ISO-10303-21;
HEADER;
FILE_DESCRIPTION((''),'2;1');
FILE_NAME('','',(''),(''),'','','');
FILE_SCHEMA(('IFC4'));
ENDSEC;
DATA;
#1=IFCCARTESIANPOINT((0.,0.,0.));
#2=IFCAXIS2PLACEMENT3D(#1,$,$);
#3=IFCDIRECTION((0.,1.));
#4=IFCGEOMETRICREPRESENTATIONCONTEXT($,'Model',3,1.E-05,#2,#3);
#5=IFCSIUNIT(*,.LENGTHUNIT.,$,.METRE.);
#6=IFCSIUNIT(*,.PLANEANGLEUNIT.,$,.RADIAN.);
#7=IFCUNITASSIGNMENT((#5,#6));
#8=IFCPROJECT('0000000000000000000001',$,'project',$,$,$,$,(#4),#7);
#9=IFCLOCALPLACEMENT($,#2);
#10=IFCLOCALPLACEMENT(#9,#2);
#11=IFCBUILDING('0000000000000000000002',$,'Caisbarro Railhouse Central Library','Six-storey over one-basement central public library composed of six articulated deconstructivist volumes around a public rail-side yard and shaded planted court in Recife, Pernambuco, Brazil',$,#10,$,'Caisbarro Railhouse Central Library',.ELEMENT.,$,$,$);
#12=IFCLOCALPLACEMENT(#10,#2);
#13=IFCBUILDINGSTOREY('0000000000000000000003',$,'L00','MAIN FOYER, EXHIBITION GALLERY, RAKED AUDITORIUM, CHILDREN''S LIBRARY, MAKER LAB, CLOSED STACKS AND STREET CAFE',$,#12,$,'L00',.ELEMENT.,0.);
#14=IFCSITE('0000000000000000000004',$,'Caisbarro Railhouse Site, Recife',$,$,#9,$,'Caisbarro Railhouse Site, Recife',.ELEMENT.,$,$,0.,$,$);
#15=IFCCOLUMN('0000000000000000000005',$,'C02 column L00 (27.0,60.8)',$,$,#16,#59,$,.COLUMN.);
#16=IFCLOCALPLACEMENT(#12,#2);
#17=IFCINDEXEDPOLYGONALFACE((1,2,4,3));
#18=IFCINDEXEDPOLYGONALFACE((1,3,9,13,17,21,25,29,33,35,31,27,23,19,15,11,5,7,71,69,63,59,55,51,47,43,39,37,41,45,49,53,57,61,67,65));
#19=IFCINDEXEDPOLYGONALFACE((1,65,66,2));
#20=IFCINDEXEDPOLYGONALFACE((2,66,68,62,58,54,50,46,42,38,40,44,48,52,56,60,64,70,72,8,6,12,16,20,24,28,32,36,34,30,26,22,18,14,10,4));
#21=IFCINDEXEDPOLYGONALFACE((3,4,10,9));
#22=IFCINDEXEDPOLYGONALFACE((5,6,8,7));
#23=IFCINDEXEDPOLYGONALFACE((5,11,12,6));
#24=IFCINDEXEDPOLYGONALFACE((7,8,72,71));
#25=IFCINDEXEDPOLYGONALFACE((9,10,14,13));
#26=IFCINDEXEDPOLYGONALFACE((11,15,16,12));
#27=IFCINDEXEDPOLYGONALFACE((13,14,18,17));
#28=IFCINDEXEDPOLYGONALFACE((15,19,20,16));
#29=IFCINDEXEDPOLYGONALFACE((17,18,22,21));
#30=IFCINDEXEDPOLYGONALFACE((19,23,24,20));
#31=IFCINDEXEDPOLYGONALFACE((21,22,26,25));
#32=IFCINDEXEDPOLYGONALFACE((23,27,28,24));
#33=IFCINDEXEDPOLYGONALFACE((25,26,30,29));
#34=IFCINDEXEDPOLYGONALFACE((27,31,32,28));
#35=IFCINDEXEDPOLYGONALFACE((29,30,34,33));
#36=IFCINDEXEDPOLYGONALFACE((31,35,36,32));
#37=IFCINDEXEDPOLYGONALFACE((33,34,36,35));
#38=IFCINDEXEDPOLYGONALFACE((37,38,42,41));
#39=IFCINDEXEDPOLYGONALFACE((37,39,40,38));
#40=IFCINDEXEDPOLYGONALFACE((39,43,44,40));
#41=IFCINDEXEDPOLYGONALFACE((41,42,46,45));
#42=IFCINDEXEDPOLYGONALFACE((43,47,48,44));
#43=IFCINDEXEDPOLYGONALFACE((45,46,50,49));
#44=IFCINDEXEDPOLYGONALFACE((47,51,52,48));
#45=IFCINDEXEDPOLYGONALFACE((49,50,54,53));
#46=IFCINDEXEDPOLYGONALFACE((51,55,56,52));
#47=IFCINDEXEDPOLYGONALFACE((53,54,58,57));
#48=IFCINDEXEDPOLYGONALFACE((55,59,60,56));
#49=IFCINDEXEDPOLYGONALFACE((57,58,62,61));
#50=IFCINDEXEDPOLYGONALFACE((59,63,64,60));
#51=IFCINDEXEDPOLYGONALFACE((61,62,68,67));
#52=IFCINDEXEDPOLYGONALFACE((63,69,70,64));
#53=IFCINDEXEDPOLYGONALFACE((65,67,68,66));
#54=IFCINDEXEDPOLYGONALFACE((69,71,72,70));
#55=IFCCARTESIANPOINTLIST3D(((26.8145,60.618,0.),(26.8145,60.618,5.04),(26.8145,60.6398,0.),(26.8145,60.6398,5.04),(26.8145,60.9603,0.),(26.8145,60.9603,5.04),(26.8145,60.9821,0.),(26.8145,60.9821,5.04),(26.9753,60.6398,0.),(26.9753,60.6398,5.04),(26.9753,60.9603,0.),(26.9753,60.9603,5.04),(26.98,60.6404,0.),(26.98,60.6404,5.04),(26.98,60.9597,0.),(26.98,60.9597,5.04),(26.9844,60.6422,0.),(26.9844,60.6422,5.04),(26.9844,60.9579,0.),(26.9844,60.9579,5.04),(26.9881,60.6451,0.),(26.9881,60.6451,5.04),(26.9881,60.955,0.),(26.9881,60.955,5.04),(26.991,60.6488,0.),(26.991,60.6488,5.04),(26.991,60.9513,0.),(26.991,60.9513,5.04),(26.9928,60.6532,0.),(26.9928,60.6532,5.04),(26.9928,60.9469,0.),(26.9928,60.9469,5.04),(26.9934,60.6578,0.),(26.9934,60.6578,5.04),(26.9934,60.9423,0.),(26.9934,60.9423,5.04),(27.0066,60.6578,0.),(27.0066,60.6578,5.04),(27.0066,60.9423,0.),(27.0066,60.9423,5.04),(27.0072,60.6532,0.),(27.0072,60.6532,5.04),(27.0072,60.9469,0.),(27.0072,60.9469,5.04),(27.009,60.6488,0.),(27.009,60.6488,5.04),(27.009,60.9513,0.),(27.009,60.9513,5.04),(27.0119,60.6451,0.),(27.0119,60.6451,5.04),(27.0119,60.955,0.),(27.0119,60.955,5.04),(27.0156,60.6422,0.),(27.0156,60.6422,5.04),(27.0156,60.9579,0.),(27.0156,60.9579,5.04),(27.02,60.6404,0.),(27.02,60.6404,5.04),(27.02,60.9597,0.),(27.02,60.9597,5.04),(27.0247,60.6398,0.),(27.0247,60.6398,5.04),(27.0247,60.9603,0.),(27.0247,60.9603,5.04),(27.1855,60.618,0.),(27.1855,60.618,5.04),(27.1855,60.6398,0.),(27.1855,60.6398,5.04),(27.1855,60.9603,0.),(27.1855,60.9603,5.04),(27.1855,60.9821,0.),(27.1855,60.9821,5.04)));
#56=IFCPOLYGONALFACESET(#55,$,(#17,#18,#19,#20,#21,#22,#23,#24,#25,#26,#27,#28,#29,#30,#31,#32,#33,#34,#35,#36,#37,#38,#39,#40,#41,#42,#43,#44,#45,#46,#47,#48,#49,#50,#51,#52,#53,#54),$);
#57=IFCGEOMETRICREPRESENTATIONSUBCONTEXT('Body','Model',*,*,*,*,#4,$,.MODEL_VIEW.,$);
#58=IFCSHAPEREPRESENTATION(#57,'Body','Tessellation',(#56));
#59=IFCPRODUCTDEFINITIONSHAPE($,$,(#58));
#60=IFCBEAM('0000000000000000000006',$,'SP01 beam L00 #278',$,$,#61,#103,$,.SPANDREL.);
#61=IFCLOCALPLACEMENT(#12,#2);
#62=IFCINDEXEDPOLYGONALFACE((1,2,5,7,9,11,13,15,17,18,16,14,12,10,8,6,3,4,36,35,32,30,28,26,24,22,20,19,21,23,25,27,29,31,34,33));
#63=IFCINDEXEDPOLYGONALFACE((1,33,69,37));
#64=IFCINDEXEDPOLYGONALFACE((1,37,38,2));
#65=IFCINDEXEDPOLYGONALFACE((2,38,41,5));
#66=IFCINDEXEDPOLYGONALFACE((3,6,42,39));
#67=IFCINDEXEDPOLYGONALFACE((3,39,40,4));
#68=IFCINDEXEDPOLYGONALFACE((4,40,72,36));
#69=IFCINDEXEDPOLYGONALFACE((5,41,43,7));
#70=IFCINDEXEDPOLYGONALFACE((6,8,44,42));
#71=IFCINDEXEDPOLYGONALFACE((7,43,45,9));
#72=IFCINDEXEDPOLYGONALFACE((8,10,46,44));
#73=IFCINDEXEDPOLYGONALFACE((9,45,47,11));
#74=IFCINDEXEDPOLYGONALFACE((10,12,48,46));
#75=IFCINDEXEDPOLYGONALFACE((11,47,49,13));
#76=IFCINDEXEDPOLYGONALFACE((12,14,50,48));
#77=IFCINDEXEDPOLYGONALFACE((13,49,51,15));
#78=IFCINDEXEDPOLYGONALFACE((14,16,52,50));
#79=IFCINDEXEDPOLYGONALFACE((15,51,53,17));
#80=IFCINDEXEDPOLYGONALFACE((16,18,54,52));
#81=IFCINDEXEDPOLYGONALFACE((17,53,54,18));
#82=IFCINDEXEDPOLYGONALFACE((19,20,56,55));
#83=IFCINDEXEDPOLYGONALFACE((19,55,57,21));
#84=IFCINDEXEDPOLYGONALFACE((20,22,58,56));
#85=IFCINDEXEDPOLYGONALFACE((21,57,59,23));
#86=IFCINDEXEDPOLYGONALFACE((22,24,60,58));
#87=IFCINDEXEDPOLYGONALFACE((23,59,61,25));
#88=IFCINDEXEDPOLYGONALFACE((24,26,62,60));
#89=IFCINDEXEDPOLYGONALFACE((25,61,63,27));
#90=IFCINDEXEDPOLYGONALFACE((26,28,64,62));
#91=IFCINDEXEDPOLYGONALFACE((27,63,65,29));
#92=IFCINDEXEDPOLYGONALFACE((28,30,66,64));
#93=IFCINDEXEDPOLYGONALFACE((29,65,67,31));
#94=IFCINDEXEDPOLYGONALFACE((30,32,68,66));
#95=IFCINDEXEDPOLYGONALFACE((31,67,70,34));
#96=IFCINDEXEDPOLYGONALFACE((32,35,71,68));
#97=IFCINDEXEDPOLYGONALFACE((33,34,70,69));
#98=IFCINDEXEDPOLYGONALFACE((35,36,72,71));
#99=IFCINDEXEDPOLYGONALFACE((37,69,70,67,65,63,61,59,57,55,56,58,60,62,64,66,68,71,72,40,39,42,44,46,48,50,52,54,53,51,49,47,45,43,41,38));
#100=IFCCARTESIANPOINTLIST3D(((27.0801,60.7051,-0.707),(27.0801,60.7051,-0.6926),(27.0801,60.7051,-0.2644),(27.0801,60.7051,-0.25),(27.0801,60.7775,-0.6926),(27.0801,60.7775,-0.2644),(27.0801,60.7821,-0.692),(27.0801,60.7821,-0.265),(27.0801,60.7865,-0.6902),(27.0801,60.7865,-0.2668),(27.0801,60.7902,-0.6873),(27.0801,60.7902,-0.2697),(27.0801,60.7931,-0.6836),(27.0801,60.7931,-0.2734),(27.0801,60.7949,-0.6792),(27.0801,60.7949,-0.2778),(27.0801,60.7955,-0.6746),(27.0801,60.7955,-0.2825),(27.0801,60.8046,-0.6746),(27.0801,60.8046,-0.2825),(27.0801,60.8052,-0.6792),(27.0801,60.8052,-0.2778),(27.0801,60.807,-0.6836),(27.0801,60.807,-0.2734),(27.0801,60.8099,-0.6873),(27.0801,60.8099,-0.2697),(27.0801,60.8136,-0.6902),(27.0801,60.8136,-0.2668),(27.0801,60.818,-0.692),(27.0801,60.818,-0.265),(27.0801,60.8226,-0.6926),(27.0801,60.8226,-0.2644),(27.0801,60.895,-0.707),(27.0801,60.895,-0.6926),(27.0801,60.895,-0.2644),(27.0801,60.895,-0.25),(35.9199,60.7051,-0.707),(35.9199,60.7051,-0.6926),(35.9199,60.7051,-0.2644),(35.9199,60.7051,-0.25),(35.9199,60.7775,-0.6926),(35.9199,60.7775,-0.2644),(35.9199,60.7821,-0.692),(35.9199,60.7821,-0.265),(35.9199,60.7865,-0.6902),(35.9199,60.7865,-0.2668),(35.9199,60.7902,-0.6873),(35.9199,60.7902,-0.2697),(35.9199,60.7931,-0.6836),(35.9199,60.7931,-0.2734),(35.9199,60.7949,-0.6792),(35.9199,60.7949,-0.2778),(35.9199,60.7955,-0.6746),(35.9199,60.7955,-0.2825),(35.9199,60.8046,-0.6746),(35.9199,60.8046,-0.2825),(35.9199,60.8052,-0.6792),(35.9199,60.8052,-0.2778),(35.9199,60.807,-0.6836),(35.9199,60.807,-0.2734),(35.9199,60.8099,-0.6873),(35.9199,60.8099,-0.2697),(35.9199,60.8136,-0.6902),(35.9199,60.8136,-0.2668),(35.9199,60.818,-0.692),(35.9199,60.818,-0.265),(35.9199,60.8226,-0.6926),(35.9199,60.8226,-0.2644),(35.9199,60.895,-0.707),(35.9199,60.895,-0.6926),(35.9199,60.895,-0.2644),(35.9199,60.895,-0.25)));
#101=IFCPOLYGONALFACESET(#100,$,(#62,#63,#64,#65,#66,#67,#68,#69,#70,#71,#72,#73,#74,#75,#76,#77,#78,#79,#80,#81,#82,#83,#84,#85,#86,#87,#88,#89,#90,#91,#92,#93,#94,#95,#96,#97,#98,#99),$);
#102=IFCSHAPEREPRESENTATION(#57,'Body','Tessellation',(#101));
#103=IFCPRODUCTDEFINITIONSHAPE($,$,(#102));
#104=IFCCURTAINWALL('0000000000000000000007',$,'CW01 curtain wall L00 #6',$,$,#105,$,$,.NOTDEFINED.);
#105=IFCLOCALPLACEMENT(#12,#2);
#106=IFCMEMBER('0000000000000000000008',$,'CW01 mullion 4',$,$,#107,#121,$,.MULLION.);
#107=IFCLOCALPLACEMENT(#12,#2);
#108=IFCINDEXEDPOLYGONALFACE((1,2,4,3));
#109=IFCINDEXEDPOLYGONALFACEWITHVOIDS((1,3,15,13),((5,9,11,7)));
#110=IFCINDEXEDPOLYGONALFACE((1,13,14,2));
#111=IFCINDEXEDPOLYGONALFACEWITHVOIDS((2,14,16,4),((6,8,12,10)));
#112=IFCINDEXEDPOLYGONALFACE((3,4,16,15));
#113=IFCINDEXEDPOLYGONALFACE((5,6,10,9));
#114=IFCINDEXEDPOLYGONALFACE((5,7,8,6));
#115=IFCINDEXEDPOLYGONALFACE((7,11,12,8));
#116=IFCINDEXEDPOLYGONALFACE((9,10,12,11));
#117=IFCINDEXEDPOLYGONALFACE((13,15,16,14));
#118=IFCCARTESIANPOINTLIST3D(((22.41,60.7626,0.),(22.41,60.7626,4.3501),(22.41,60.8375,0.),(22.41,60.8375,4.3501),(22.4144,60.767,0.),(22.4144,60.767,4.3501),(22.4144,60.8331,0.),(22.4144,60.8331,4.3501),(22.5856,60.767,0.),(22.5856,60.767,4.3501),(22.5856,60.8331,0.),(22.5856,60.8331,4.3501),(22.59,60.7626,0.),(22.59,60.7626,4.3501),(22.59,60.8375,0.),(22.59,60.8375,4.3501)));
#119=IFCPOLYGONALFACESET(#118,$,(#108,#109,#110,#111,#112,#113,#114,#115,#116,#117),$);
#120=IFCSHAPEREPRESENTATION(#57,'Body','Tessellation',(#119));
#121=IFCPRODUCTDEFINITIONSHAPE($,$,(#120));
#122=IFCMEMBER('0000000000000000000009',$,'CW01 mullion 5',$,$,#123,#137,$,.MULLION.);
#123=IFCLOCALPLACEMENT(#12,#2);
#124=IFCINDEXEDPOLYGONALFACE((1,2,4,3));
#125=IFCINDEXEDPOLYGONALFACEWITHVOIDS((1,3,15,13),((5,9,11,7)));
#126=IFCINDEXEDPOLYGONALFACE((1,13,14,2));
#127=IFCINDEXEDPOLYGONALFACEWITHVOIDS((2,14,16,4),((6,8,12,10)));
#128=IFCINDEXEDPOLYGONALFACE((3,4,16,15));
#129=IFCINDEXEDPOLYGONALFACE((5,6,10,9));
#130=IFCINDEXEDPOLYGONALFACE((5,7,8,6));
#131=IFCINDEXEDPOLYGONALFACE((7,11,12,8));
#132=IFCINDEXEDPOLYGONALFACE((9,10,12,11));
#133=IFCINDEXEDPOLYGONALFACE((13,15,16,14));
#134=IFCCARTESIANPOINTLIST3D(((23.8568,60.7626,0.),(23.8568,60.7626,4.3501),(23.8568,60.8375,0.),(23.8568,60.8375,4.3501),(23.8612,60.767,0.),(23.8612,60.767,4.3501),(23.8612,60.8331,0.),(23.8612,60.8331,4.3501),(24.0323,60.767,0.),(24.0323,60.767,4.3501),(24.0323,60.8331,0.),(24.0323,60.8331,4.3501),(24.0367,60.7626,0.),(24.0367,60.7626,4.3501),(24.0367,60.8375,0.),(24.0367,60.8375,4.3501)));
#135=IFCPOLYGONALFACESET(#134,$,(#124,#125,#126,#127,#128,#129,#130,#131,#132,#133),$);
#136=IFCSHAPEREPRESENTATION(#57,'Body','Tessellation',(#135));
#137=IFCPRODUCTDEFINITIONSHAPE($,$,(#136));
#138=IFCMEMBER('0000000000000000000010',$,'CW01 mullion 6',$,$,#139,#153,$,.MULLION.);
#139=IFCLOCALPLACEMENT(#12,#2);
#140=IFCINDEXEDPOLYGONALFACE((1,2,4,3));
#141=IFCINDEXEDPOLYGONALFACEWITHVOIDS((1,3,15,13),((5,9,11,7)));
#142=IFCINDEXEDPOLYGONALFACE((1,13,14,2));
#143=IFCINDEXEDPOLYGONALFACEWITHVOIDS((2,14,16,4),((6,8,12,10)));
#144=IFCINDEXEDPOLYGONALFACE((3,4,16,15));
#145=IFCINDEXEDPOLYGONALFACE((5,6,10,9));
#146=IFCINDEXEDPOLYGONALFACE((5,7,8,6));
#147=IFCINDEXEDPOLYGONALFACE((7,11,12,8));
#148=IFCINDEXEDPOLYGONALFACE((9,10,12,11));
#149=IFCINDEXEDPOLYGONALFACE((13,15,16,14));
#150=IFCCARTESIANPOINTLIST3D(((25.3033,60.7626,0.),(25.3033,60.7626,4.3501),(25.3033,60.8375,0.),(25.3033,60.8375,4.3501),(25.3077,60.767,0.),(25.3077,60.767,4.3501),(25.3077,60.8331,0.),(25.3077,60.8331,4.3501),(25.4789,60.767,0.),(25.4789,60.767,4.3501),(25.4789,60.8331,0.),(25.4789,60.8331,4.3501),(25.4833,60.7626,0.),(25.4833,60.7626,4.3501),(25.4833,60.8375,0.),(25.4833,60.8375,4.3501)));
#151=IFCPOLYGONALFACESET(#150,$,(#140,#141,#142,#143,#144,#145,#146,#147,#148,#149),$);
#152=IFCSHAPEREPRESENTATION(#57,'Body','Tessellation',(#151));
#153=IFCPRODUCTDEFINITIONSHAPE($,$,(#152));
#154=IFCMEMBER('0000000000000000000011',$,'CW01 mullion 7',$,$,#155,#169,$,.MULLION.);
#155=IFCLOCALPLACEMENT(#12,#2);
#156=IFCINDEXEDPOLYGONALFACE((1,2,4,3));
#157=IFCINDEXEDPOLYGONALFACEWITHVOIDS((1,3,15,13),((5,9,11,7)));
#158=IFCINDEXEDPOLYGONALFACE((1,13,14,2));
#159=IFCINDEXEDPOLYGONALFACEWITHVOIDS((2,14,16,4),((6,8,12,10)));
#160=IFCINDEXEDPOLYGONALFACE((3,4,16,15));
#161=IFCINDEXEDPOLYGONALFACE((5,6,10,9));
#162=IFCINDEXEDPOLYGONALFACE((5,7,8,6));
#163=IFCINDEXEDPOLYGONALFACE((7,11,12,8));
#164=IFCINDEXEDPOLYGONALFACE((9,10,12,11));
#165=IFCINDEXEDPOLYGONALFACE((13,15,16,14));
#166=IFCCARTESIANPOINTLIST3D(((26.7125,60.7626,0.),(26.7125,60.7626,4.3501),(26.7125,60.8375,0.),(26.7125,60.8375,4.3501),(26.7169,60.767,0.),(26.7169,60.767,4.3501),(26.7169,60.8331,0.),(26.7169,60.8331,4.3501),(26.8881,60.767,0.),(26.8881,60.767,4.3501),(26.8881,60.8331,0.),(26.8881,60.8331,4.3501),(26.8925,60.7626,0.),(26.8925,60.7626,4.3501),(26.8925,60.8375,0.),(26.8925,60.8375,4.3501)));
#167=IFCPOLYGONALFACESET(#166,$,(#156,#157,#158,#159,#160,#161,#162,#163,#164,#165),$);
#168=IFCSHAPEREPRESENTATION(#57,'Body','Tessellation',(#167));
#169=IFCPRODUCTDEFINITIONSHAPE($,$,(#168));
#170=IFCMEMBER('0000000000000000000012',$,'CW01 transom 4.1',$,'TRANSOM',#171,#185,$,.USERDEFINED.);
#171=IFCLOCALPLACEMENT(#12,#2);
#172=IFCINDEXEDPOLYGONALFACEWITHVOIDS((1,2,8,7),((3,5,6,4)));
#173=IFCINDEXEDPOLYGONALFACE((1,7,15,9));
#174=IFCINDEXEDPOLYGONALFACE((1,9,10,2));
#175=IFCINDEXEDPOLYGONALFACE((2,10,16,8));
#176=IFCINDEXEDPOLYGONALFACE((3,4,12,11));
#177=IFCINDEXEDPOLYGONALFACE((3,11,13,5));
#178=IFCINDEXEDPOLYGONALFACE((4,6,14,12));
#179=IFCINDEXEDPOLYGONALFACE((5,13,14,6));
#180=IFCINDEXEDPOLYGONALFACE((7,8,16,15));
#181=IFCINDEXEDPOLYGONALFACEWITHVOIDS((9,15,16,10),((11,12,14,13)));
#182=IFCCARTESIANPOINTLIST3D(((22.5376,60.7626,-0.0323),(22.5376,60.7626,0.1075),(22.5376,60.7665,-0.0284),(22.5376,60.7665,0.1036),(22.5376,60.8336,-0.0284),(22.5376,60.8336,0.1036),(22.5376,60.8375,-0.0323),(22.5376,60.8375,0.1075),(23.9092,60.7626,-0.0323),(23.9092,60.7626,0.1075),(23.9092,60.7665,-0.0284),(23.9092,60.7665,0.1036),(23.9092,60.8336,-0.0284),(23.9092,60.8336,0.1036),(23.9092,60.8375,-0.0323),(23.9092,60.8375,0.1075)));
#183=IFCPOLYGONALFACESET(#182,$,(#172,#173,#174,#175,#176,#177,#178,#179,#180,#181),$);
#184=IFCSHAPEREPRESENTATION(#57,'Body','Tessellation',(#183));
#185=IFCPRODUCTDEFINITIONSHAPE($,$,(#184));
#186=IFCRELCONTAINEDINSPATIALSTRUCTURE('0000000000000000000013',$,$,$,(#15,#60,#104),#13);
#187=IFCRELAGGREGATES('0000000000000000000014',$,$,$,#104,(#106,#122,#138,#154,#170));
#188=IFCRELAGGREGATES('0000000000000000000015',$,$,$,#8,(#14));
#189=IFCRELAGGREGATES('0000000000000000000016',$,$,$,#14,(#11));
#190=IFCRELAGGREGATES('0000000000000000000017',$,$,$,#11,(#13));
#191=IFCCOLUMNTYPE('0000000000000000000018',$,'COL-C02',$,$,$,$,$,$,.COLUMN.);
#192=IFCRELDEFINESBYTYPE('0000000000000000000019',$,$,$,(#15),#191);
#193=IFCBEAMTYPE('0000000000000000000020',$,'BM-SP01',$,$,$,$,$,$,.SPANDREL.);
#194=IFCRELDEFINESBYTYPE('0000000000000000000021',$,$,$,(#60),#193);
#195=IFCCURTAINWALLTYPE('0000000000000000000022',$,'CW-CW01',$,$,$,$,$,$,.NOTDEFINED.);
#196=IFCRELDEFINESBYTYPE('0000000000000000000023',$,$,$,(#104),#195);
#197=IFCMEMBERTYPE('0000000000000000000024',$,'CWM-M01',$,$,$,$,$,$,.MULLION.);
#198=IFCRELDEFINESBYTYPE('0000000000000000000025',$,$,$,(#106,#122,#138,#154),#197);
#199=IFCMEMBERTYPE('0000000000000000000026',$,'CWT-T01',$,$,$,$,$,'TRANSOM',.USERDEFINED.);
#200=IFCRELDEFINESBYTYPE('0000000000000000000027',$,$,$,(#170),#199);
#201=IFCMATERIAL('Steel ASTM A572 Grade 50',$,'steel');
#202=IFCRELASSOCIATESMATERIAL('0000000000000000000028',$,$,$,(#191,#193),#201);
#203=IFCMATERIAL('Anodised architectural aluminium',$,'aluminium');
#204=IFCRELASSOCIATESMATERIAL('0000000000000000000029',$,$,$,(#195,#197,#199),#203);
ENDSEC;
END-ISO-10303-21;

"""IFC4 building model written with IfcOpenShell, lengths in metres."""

from ifc_helpers import new_model, si_unit, direction, frame, origin, origin_2d, place, context, subcontext, project, spatial, hollow_rectangle, i_section, extrude, material, material_profile, profile_set, type_object, element, aggregate, save


model = new_model("IFC4")

# Units and contexts
model_context = context("Model", 3, precision=1e-05, world=origin(), true_north=direction((0.0, 1.0)))
body_context = subcontext(model_context, "Body", "Model", "MODEL_VIEW")
ifc_project = project(units=[si_unit("LENGTHUNIT", "METRE"), si_unit("PLANEANGLEUNIT", "RADIAN")], contexts=[model_context])

# Site, building, storey
site_placement = place(None, origin())
site = spatial("IfcSite", under=ifc_project, at=site_placement, Name="Caisbarro Railhouse Site, Recife", LongName="Caisbarro Railhouse Site, Recife", CompositionType="ELEMENT", RefElevation=0.0)
building_placement = place(site_placement, origin())
building = spatial("IfcBuilding", under=site, at=building_placement, Name="Caisbarro Railhouse Central Library", Description="Six-storey over one-basement central public library composed of six articulated deconstructivist volumes around a public rail-side yard and shaded planted court in Recife, Pernambuco, Brazil", LongName="Caisbarro Railhouse Central Library", CompositionType="ELEMENT")
storey_placement = place(building_placement, origin())
storey = spatial("IfcBuildingStorey", under=building, at=storey_placement, Name="L00", Description="MAIN FOYER, EXHIBITION GALLERY, RAKED AUDITORIUM, CHILDREN'S LIBRARY, MAKER LAB, CLOSED STACKS AND STREET CAFE", LongName="L00", CompositionType="ELEMENT", Elevation=0.0)

# Column
ifc_material_1 = material(Name="Steel ASTM A572 Grade 50", Category="steel")
ifc_material_profile_1 = material_profile(ifc_material_1, i_section(OverallWidth=0.3711, OverallDepth=0.364, WebThickness=0.0132, FlangeThickness=0.0217, FilletRadius=0.0181, at=origin_2d()), Name="W360X162.0")
ifc_profile_set_1 = profile_set([ifc_material_profile_1], Name="Steel ASTM A572 Grade 50")
column_type = type_object("IfcColumnType", Name="COL-C02", PredefinedType="COLUMN", material=ifc_profile_set_1)
column_placement = place(storey_placement, frame((27.0, 60.8, 0.0), z_axis=(0.0, 0.0, 1.0), x_axis=(1.0, 0.0, 0.0)))
element("IfcColumn", 1, at=column_placement, inside=storey, type_object=column_type, Name="C02 column L00 (27.0,60.8)", PredefinedType="COLUMN", context=body_context, shape_type="SweptSolid", body=[
    extrude(i_section(OverallWidth=0.3711, OverallDepth=0.364, WebThickness=0.0132, FlangeThickness=0.0217, FilletRadius=0.0181, at=origin_2d()), origin(), (0.0, 0.0, 1.0), 5.04),
])

# Beam
ifc_material_profile_2 = material_profile(ifc_material_1, i_section(OverallWidth=0.1899, OverallDepth=0.457, WebThickness=0.009, FlangeThickness=0.0144, FilletRadius=0.0181, at=origin_2d()), Name="W460X74.0")
ifc_profile_set_2 = profile_set([ifc_material_profile_2], Name="Steel ASTM A572 Grade 50")
beam_type = type_object("IfcBeamType", Name="BM-SP01", PredefinedType="SPANDREL", material=ifc_profile_set_2)
beam_placement = place(storey_placement, frame((27.0801, 60.8, -0.4785), z_axis=(1.0, 0.0, 0.0), x_axis=(0.0, 1.0, 0.0)))
element("IfcBeam", 2, at=beam_placement, inside=storey, type_object=beam_type, Name="SP01 beam L00 #278", PredefinedType="SPANDREL", context=body_context, shape_type="SweptSolid", body=[
    extrude(i_section(OverallWidth=0.1899, OverallDepth=0.457, WebThickness=0.009, FlangeThickness=0.0144, FilletRadius=0.0181, at=origin_2d()), origin(), (0.0, 0.0, 1.0), 8.8398),
])

# Curtain wall, members
ifc_material_2 = material(Name="Anodised architectural aluminium", Category="aluminium")
curtain_wall_type = type_object("IfcCurtainWallType", Name="CW-CW01", PredefinedType="NOTDEFINED", material=ifc_material_2)
curtain_wall_placement = place(storey_placement, origin())
curtain_wall = element("IfcCurtainWall", 3, at=curtain_wall_placement, inside=storey, type_object=curtain_wall_type, Name="CW01 curtain wall L00 #6", PredefinedType="NOTDEFINED")
ifc_material_profile_3 = material_profile(ifc_material_2, hollow_rectangle(XDim=0.075, YDim=0.1799, WallThickness=0.0044, at=origin_2d()), Name="ALU-MUL-75X180")
ifc_profile_set_3 = profile_set([ifc_material_profile_3], Name="Anodised architectural aluminium")
member_type_1 = type_object("IfcMemberType", Name="CWM-M01", PredefinedType="MULLION", material=ifc_profile_set_3)
member_1_placement = place(storey_placement, frame((22.5, 60.8, 0.0), z_axis=(0.0, 0.0, 1.0), x_axis=(0.0, 1.0, 0.0)))
member_1 = element("IfcMember", 4, at=member_1_placement, type_object=member_type_1, Name="CW01 mullion 4", PredefinedType="MULLION", context=body_context, shape_type="SweptSolid", body=[
    extrude(hollow_rectangle(XDim=0.075, YDim=0.1799, WallThickness=0.0044, at=origin_2d()), origin(), (0.0, 0.0, 1.0), 4.3501),
])
member_2_placement = place(storey_placement, frame((23.9468, 60.8, 0.0), z_axis=(0.0, 0.0, 1.0), x_axis=(0.0, 1.0, 0.0)))
member_2 = element("IfcMember", 5, at=member_2_placement, type_object=member_type_1, Name="CW01 mullion 5", PredefinedType="MULLION", context=body_context, shape_type="SweptSolid", body=[
    extrude(hollow_rectangle(XDim=0.075, YDim=0.1799, WallThickness=0.0044, at=origin_2d()), origin(), (0.0, 0.0, 1.0), 4.3501),
])
member_3_placement = place(storey_placement, frame((25.3933, 60.8, 0.0), z_axis=(0.0, 0.0, 1.0), x_axis=(0.0, 1.0, 0.0)))
member_3 = element("IfcMember", 6, at=member_3_placement, type_object=member_type_1, Name="CW01 mullion 6", PredefinedType="MULLION", context=body_context, shape_type="SweptSolid", body=[
    extrude(hollow_rectangle(XDim=0.075, YDim=0.1799, WallThickness=0.0044, at=origin_2d()), origin(), (0.0, 0.0, 1.0), 4.3501),
])
member_4_placement = place(storey_placement, frame((26.8025, 60.8, 0.0), z_axis=(0.0, 0.0, 1.0), x_axis=(0.0, 1.0, 0.0)))
member_4 = element("IfcMember", 7, at=member_4_placement, type_object=member_type_1, Name="CW01 mullion 7", PredefinedType="MULLION", context=body_context, shape_type="SweptSolid", body=[
    extrude(hollow_rectangle(XDim=0.075, YDim=0.1799, WallThickness=0.0044, at=origin_2d()), origin(), (0.0, 0.0, 1.0), 4.3501),
])
ifc_material_profile_4 = material_profile(ifc_material_2, hollow_rectangle(XDim=0.075, YDim=0.1399, WallThickness=0.0039, at=origin_2d()), Name="ALU-TRN-75X140")
ifc_profile_set_4 = profile_set([ifc_material_profile_4], Name="Anodised architectural aluminium")
member_type_2 = type_object("IfcMemberType", Name="CWT-T01", ElementType="TRANSOM", PredefinedType="USERDEFINED", material=ifc_profile_set_4)
member_5_placement = place(storey_placement, frame((22.5376, 60.8, 0.0376), z_axis=(1.0, 0.0, 0.0), x_axis=(0.0, 1.0, 0.0)))
member_5 = element("IfcMember", 8, at=member_5_placement, type_object=member_type_2, Name="CW01 transom 4.1", ObjectType="TRANSOM", PredefinedType="USERDEFINED", context=body_context, shape_type="SweptSolid", body=[
    extrude(hollow_rectangle(XDim=0.075, YDim=0.1399, WallThickness=0.0039, at=origin_2d()), origin(), (0.0, 0.0, 1.0), 1.3716),
])
aggregate(curtain_wall, [member_1, member_2, member_3, member_4, member_5])

save(model, "model.ifc")
